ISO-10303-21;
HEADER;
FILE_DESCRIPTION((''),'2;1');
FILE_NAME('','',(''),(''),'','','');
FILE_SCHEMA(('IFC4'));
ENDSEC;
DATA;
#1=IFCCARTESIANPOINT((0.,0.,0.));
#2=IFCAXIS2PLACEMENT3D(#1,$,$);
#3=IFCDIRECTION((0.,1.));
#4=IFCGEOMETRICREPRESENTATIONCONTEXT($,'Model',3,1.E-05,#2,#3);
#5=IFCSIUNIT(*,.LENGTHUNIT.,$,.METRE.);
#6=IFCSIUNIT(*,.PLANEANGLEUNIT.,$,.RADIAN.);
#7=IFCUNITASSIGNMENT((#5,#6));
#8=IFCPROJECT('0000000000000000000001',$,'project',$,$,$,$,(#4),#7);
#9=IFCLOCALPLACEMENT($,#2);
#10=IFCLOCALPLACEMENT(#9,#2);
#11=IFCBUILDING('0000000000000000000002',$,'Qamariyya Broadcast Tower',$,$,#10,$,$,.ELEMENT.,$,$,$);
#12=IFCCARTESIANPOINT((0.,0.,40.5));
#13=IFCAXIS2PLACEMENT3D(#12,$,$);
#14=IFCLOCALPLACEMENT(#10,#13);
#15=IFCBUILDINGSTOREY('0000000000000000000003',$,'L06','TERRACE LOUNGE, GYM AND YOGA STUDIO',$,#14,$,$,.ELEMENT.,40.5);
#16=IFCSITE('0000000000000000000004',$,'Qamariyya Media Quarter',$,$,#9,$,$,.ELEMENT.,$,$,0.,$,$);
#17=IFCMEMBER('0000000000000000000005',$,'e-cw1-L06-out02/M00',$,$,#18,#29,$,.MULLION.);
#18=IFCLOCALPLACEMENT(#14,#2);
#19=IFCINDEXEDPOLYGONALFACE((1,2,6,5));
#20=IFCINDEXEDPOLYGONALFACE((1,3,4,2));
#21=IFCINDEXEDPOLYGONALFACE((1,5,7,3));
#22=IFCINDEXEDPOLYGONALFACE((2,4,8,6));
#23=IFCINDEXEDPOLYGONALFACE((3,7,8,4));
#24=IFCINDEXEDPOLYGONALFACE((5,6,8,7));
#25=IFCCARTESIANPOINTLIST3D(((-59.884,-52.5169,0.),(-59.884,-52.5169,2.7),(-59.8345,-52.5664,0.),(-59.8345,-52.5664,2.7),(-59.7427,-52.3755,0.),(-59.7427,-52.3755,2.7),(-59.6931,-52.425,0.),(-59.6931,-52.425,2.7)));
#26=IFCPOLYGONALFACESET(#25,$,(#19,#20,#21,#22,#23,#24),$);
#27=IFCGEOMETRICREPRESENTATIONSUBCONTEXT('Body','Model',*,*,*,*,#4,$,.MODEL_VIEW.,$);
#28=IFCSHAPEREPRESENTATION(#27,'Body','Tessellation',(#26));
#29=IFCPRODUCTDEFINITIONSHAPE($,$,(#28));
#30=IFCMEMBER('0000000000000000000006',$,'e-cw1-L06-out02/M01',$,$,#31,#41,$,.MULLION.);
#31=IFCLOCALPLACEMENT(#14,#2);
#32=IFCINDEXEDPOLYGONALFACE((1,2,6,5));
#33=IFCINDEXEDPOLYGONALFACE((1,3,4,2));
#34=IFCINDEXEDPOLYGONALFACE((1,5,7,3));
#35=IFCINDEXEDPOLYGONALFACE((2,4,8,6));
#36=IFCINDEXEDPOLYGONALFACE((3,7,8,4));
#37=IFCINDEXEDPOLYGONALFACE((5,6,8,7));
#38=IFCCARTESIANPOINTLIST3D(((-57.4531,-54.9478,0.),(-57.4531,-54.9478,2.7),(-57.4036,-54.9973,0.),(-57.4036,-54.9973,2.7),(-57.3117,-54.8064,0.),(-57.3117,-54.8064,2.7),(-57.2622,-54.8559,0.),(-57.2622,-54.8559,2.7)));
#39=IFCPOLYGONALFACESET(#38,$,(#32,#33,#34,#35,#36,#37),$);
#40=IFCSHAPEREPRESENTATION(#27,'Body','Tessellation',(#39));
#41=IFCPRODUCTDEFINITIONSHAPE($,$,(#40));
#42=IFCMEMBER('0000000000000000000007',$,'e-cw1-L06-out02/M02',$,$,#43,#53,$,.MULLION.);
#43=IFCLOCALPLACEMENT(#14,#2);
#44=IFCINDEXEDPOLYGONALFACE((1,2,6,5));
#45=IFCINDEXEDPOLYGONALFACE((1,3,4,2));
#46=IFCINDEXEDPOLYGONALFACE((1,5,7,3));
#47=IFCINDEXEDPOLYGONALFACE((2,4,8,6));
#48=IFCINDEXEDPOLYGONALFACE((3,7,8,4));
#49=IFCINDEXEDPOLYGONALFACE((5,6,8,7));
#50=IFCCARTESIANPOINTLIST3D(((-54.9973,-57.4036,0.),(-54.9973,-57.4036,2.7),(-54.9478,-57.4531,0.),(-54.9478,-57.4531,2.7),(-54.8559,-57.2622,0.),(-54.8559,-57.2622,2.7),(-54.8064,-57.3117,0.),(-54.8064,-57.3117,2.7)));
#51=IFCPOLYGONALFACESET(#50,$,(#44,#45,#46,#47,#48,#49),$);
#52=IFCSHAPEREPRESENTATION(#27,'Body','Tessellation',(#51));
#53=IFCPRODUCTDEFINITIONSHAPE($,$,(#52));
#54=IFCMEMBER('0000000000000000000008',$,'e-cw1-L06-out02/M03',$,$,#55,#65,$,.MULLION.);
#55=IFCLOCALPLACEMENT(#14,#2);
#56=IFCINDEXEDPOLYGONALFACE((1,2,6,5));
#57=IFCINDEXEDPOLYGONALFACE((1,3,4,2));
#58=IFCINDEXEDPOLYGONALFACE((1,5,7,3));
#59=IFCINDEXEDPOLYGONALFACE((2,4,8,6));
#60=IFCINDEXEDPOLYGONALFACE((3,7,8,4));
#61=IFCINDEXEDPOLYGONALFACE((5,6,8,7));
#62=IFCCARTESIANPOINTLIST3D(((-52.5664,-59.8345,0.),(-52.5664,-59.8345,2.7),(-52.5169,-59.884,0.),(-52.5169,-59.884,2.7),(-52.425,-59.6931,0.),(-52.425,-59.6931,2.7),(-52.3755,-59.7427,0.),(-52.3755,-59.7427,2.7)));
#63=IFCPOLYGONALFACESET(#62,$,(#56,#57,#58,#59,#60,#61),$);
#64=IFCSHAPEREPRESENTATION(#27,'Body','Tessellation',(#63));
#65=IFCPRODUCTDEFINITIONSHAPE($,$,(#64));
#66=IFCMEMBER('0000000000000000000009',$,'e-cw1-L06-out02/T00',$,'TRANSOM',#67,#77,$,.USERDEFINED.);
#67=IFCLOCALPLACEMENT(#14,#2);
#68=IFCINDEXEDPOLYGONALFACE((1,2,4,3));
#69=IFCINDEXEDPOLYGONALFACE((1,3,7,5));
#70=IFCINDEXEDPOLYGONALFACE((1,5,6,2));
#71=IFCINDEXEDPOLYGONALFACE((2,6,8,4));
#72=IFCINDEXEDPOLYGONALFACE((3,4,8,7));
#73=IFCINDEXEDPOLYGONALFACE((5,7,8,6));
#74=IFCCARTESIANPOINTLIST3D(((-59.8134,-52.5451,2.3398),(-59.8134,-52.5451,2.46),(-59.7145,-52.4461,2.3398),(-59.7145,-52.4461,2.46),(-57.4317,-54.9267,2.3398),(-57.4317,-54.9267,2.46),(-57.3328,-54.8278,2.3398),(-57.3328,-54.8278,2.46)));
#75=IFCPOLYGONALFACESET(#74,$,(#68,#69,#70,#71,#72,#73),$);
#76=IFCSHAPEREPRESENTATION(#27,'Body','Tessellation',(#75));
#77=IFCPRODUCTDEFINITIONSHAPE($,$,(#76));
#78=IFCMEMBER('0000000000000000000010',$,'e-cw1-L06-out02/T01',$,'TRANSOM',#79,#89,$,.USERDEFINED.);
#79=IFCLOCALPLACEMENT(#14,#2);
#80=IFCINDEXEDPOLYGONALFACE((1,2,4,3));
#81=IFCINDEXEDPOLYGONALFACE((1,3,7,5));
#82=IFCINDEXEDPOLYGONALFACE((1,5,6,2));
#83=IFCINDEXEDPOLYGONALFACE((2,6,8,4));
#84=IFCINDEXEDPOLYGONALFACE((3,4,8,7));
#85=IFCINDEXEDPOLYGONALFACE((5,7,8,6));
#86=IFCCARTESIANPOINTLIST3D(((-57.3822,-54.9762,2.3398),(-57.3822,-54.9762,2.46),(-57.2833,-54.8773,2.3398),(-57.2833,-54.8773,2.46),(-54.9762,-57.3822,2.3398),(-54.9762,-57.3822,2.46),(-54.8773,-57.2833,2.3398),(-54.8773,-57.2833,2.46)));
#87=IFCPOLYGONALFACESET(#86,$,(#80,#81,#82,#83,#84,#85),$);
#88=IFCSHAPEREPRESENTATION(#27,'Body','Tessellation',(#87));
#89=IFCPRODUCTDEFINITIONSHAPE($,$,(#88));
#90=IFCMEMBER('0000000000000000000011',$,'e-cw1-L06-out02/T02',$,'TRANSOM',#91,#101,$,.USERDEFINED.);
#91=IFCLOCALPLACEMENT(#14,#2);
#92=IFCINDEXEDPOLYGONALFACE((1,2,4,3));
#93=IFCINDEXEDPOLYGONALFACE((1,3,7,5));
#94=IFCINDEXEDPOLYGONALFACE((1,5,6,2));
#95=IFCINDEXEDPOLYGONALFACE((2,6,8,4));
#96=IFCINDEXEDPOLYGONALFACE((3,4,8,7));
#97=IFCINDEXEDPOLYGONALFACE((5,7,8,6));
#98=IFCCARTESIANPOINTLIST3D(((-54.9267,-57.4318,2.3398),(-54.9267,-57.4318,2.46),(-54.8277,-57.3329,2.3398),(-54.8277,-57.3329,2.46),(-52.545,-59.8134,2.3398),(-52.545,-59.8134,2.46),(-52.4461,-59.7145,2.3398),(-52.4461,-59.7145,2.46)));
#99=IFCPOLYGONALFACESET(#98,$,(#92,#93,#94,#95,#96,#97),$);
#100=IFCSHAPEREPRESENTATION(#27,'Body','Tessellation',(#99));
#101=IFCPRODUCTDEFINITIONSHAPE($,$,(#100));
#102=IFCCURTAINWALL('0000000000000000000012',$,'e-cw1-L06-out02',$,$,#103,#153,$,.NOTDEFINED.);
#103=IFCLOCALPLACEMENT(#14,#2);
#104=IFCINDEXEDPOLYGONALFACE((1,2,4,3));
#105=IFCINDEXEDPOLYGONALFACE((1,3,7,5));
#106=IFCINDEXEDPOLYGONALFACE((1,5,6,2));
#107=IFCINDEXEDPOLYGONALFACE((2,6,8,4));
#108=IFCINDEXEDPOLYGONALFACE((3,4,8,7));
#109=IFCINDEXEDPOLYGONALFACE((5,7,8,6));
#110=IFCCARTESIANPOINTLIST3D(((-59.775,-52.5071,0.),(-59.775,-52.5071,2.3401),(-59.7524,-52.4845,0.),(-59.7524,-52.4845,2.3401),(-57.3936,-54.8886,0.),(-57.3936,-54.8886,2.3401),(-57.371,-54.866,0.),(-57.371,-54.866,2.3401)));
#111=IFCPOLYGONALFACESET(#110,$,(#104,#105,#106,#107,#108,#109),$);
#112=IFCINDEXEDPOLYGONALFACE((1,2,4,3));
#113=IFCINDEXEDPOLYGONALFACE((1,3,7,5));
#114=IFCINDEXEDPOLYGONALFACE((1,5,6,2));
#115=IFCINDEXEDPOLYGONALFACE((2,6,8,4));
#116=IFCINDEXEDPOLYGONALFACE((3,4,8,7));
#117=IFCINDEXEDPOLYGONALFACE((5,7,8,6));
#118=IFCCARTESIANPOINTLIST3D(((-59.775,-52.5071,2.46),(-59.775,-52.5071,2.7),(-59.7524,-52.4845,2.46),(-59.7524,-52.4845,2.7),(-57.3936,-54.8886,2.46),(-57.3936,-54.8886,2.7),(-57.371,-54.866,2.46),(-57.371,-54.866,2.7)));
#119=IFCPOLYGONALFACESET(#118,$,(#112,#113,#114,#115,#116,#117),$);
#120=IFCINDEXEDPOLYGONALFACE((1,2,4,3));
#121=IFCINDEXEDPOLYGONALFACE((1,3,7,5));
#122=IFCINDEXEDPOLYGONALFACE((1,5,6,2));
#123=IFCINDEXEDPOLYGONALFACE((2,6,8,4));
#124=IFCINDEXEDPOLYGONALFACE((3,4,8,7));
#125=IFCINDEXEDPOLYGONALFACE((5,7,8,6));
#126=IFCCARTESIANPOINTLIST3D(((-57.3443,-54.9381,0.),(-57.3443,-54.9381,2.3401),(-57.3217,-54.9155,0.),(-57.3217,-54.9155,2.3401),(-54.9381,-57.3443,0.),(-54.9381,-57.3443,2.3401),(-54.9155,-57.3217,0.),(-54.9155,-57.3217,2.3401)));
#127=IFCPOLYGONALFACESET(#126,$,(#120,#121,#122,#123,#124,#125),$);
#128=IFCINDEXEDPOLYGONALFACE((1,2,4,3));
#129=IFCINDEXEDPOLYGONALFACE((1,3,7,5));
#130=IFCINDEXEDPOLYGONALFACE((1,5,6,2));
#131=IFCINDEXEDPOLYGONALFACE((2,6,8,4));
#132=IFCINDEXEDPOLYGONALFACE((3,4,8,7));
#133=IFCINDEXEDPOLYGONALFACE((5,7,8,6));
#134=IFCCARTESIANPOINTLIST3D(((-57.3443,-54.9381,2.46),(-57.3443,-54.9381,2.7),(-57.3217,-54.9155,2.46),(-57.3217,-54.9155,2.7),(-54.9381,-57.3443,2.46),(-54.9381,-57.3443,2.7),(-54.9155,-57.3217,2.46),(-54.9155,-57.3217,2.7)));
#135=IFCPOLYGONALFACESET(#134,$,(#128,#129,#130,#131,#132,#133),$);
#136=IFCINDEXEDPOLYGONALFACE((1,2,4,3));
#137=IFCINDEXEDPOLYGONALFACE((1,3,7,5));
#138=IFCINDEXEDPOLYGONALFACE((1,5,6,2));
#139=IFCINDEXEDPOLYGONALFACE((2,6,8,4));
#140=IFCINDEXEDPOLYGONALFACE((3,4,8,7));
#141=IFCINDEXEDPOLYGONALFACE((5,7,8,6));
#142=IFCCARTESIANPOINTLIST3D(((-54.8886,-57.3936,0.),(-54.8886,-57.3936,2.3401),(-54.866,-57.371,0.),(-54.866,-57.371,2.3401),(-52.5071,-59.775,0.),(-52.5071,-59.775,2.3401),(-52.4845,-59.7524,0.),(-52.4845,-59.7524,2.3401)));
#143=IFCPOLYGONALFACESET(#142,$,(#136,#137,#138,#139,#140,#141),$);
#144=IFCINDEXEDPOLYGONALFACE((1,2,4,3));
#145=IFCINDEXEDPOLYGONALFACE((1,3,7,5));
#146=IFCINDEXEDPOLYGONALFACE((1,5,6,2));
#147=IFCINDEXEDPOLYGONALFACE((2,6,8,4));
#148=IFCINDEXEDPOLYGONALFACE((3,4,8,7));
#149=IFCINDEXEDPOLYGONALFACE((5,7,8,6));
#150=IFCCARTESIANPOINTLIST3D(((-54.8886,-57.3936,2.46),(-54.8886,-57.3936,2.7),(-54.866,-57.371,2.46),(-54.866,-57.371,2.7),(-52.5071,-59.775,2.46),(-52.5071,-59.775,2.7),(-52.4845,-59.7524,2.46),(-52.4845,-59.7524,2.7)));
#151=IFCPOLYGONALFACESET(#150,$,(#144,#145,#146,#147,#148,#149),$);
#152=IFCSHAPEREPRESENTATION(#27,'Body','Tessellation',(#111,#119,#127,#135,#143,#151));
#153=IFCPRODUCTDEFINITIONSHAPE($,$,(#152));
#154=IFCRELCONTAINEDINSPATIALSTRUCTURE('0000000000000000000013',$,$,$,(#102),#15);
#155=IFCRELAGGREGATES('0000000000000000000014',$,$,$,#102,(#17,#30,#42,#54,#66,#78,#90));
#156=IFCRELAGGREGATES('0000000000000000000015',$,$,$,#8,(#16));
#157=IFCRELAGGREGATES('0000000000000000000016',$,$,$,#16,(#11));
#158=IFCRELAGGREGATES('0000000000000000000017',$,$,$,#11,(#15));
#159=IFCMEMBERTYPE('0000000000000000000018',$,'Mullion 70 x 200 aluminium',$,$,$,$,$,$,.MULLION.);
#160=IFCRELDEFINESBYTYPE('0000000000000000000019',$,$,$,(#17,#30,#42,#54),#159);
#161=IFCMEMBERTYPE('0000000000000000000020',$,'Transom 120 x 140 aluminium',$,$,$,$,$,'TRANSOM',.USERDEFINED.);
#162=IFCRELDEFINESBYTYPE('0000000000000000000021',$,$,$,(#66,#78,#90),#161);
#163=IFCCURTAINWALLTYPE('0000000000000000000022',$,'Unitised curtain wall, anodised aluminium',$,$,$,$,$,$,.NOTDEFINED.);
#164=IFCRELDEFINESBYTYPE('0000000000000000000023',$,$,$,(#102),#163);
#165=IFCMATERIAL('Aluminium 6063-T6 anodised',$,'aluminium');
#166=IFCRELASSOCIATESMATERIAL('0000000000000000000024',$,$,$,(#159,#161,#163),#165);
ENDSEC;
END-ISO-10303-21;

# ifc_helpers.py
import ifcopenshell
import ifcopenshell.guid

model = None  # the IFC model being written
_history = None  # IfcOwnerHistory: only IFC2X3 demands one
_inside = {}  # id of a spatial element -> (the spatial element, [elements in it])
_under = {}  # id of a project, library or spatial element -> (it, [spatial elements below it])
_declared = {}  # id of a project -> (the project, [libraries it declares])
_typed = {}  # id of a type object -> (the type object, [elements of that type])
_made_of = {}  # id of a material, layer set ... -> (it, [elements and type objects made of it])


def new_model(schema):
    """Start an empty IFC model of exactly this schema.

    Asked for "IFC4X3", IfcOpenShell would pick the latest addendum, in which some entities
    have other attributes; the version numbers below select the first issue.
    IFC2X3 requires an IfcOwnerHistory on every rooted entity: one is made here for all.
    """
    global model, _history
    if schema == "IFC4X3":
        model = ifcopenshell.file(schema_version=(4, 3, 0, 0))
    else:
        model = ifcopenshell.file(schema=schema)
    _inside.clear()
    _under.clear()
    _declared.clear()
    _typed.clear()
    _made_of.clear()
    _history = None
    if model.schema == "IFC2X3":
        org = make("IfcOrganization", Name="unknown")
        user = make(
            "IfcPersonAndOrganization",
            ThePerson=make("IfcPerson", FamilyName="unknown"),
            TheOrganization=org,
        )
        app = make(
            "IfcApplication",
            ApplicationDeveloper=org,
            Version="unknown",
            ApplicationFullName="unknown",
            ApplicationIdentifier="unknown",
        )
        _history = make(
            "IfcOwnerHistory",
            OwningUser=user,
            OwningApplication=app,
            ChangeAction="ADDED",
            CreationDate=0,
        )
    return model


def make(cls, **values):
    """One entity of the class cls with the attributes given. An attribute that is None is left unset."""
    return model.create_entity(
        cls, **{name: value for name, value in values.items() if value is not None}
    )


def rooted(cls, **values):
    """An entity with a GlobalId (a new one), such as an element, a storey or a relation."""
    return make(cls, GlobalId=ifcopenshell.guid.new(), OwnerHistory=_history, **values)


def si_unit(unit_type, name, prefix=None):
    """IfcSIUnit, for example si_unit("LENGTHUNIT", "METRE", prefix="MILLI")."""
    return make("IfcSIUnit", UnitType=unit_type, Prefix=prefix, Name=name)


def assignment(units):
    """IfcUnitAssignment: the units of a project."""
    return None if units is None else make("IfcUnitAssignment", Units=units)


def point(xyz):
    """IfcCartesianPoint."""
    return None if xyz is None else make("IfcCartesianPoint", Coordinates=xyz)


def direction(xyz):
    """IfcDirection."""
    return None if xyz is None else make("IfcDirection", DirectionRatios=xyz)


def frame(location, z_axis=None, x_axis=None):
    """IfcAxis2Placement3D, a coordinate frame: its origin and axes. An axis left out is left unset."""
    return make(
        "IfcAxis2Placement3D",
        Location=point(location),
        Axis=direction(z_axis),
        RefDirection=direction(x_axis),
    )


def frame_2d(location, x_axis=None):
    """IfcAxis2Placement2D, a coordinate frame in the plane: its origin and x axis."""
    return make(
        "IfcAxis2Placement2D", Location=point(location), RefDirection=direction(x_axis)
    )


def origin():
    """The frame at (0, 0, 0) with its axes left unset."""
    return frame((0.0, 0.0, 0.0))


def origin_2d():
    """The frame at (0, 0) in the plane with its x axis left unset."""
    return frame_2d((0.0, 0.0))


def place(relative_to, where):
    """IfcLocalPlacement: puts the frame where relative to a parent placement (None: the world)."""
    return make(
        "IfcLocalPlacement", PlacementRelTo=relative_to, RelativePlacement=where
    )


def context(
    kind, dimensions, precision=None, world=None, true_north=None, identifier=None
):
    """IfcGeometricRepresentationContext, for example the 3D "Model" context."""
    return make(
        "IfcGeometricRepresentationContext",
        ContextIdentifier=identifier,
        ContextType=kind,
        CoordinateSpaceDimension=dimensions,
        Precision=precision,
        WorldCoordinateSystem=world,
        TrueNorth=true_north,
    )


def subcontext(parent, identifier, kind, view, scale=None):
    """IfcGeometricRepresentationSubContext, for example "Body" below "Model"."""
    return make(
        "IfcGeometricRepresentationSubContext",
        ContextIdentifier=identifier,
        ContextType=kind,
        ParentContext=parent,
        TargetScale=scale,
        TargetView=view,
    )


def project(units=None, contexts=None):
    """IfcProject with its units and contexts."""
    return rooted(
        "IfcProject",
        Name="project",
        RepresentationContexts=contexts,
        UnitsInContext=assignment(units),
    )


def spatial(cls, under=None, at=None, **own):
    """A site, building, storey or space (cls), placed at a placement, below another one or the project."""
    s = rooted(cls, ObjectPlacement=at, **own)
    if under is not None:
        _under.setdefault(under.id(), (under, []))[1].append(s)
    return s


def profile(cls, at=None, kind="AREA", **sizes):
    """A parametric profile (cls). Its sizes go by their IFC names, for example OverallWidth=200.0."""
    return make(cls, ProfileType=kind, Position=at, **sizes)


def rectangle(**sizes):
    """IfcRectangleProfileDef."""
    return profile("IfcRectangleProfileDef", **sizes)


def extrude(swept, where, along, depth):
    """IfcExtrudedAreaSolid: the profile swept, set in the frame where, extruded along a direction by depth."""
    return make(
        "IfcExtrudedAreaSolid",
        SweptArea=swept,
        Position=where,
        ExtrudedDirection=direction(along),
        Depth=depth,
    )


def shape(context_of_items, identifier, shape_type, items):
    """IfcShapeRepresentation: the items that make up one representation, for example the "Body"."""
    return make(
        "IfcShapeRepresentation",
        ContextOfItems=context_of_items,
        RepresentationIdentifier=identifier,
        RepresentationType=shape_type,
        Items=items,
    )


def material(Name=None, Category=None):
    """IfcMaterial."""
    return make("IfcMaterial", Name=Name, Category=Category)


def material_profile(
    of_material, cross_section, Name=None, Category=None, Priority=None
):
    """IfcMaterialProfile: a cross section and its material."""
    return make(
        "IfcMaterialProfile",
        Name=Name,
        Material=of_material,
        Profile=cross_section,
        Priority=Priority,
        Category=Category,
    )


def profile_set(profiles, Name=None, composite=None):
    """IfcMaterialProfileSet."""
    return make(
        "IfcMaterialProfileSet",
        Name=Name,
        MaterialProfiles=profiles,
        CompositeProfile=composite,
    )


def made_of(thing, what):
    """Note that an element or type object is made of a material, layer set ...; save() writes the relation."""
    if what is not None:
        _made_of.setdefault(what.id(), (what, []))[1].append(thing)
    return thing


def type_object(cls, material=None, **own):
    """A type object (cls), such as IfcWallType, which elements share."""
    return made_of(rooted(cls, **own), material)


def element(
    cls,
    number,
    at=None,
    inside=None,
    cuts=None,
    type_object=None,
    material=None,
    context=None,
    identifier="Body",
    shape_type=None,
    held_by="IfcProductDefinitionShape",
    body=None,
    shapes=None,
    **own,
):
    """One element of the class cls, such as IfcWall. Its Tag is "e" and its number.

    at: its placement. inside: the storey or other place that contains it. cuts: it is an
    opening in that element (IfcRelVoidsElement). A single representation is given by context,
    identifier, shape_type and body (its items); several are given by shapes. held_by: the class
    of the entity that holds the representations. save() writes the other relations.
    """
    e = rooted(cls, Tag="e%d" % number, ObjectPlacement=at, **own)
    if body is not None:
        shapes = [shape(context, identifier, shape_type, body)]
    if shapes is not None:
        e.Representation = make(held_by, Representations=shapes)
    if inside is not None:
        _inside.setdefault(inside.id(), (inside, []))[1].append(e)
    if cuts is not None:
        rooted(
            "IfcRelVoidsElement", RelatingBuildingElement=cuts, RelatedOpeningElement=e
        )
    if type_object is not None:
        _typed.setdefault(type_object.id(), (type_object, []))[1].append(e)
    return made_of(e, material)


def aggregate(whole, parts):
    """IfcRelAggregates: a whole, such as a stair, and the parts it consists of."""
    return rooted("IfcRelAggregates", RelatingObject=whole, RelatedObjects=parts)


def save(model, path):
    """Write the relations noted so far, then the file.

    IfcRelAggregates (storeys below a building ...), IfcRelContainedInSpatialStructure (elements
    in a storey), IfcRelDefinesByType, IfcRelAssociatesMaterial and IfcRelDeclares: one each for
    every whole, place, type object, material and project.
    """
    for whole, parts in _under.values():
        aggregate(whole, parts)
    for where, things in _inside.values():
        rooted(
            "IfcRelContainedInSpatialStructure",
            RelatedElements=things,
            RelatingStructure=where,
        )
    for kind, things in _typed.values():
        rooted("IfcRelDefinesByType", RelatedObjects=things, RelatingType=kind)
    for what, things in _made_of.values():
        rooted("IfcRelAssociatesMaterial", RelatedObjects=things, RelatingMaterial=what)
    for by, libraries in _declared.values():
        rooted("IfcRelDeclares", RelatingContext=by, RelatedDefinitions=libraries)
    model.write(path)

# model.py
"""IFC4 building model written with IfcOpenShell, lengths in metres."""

from ifc_helpers import new_model, si_unit, direction, frame, origin, origin_2d, place, context, subcontext, project, spatial, rectangle, extrude, material, material_profile, profile_set, type_object, element, aggregate, save


model = new_model("IFC4")

# Units and contexts
model_context = context("Model", 3, precision=1e-05, world=origin(), true_north=direction((0.0, 1.0)))
body_context = subcontext(model_context, "Body", "Model", "MODEL_VIEW")
ifc_project = project(units=[si_unit("LENGTHUNIT", "METRE"), si_unit("PLANEANGLEUNIT", "RADIAN")], contexts=[model_context])

# Members
ifc_material = material(Name="Aluminium 6063-T6 anodised", Category="aluminium")
ifc_material_profile_1 = material_profile(ifc_material, rectangle(XDim=0.2, YDim=0.0701, at=origin_2d()))
ifc_profile_set_1 = profile_set([ifc_material_profile_1], Name="Aluminium 6063-T6 anodised")
member_type_1 = type_object("IfcMemberType", Name="Mullion 70 x 200 aluminium", PredefinedType="MULLION", material=ifc_profile_set_1)
site_placement = place(None, origin())
building_placement = place(site_placement, origin())
storey_placement = place(building_placement, frame((0.0, 0.0, 40.5)))
member_1_placement = place(storey_placement, frame((-59.7886, -52.4709, 0.0), z_axis=(0.0, 0.0, 1.0), x_axis=(0.707107, 0.707107, 0.0)))
member_1 = element("IfcMember", 1, at=member_1_placement, type_object=member_type_1, Name="e-cw1-L06-out02/M00", PredefinedType="MULLION", context=body_context, shape_type="SweptSolid", body=[
    extrude(rectangle(XDim=0.2, YDim=0.0701, at=origin_2d()), origin(), (0.0, 0.0, 1.0), 2.7),
])
member_2_placement = place(storey_placement, frame((-57.3577, -54.9019, 0.0), z_axis=(0.0, 0.0, 1.0), x_axis=(0.707107, 0.707107, 0.0)))
member_2 = element("IfcMember", 2, at=member_2_placement, type_object=member_type_1, Name="e-cw1-L06-out02/M01", PredefinedType="MULLION", context=body_context, shape_type="SweptSolid", body=[
    extrude(rectangle(XDim=0.2, YDim=0.0701, at=origin_2d()), origin(), (0.0, 0.0, 1.0), 2.7),
])
member_3_placement = place(storey_placement, frame((-54.9019, -57.3577, 0.0), z_axis=(0.0, 0.0, 1.0), x_axis=(0.707107, 0.707107, 0.0)))
member_3 = element("IfcMember", 3, at=member_3_placement, type_object=member_type_1, Name="e-cw1-L06-out02/M02", PredefinedType="MULLION", context=body_context, shape_type="SweptSolid", body=[
    extrude(rectangle(XDim=0.2, YDim=0.0701, at=origin_2d()), origin(), (0.0, 0.0, 1.0), 2.7),
])
member_4_placement = place(storey_placement, frame((-52.4709, -59.7886, 0.0), z_axis=(0.0, 0.0, 1.0), x_axis=(0.707107, 0.707107, 0.0)))
member_4 = element("IfcMember", 4, at=member_4_placement, type_object=member_type_1, Name="e-cw1-L06-out02/M03", PredefinedType="MULLION", context=body_context, shape_type="SweptSolid", body=[
    extrude(rectangle(XDim=0.2, YDim=0.0701, at=origin_2d()), origin(), (0.0, 0.0, 1.0), 2.7),
])
ifc_material_profile_2 = material_profile(ifc_material, rectangle(XDim=0.1399, YDim=0.1201, at=origin_2d()))
ifc_profile_set_2 = profile_set([ifc_material_profile_2], Name="Aluminium 6063-T6 anodised")
member_type_2 = type_object("IfcMemberType", Name="Transom 120 x 140 aluminium", ElementType="TRANSOM", PredefinedType="USERDEFINED", material=ifc_profile_set_2)
member_5_placement = place(storey_placement, frame((-59.7639, -52.4956, 2.3999), z_axis=(0.707107, -0.707107, 0.0), x_axis=(0.707107, 0.707107, 0.0)))
member_5 = element("IfcMember", 5, at=member_5_placement, type_object=member_type_2, Name="e-cw1-L06-out02/T00", ObjectType="TRANSOM", PredefinedType="USERDEFINED", context=body_context, shape_type="SweptSolid", body=[
    extrude(rectangle(XDim=0.1399, YDim=0.1201, at=origin_2d()), origin(), (0.0, 0.0, 1.0), 3.3682),
])
member_6_placement = place(storey_placement, frame((-57.3328, -54.9268, 2.3999), z_axis=(0.707107, -0.707107, 0.0), x_axis=(0.707107, 0.707107, 0.0)))
member_6 = element("IfcMember", 6, at=member_6_placement, type_object=member_type_2, Name="e-cw1-L06-out02/T01", ObjectType="TRANSOM", PredefinedType="USERDEFINED", context=body_context, shape_type="SweptSolid", body=[
    extrude(rectangle(XDim=0.1399, YDim=0.1201, at=origin_2d()), origin(), (0.0, 0.0, 1.0), 3.4026),
])
member_7_placement = place(storey_placement, frame((-54.8772, -57.3823, 2.3999), z_axis=(0.707107, -0.707107, 0.0), x_axis=(0.707107, 0.707107, 0.0)))
member_7 = element("IfcMember", 7, at=member_7_placement, type_object=member_type_2, Name="e-cw1-L06-out02/T02", ObjectType="TRANSOM", PredefinedType="USERDEFINED", context=body_context, shape_type="SweptSolid", body=[
    extrude(rectangle(XDim=0.1399, YDim=0.1201, at=origin_2d()), origin(), (0.0, 0.0, 1.0), 3.3682),
])

# Site, building, storey
site = spatial("IfcSite", under=ifc_project, at=site_placement, Name="Qamariyya Media Quarter", CompositionType="ELEMENT", RefElevation=0.0)
building = spatial("IfcBuilding", under=site, at=building_placement, Name="Qamariyya Broadcast Tower", CompositionType="ELEMENT")
storey = spatial("IfcBuildingStorey", under=building, at=storey_placement, Name="L06", Description="TERRACE LOUNGE, GYM AND YOGA STUDIO", CompositionType="ELEMENT", Elevation=40.5)

# Curtain wall
curtain_wall_type = type_object("IfcCurtainWallType", Name="Unitised curtain wall, anodised aluminium", PredefinedType="NOTDEFINED", material=ifc_material)
curtain_wall_1_placement = place(storey_placement, origin())
curtain_wall_1 = element("IfcCurtainWall", 8, at=curtain_wall_1_placement, inside=storey, type_object=curtain_wall_type, Name="e-cw1-L06-out02", PredefinedType="NOTDEFINED", context=body_context, shape_type="SweptSolid", body=[
    extrude(rectangle(XDim=3.3679, YDim=0.032, at=origin_2d()), frame((-58.573, -53.6865, 0.0), x_axis=(0.707107, -0.707107, 0.0)), (0.0, 0.0, 1.0), 2.3401),
    extrude(rectangle(XDim=3.3679, YDim=0.032, at=origin_2d()), frame((-58.573, -53.6865, 2.46), x_axis=(0.707107, -0.707107, 0.0)), (0.0, 0.0, 1.0), 0.24),
    extrude(rectangle(XDim=3.4028, YDim=0.032, at=origin_2d()), frame((-56.1299, -56.1299, 0.0), x_axis=(0.707107, -0.707107, 0.0)), (0.0, 0.0, 1.0), 2.3401),
    extrude(rectangle(XDim=3.4028, YDim=0.032, at=origin_2d()), frame((-56.1299, -56.1299, 2.46), x_axis=(0.707107, -0.707107, 0.0)), (0.0, 0.0, 1.0), 0.24),
    extrude(rectangle(XDim=3.3679, YDim=0.032, at=origin_2d()), frame((-53.6865, -58.573, 0.0), x_axis=(0.707107, -0.707107, 0.0)), (0.0, 0.0, 1.0), 2.3401),
    extrude(rectangle(XDim=3.3679, YDim=0.032, at=origin_2d()), frame((-53.6865, -58.573, 2.46), x_axis=(0.707107, -0.707107, 0.0)), (0.0, 0.0, 1.0), 0.24),
])
aggregate(curtain_wall_1, [member_1, member_2, member_3, member_4, member_5, member_6, member_7])

save(model, "model.ifc")
